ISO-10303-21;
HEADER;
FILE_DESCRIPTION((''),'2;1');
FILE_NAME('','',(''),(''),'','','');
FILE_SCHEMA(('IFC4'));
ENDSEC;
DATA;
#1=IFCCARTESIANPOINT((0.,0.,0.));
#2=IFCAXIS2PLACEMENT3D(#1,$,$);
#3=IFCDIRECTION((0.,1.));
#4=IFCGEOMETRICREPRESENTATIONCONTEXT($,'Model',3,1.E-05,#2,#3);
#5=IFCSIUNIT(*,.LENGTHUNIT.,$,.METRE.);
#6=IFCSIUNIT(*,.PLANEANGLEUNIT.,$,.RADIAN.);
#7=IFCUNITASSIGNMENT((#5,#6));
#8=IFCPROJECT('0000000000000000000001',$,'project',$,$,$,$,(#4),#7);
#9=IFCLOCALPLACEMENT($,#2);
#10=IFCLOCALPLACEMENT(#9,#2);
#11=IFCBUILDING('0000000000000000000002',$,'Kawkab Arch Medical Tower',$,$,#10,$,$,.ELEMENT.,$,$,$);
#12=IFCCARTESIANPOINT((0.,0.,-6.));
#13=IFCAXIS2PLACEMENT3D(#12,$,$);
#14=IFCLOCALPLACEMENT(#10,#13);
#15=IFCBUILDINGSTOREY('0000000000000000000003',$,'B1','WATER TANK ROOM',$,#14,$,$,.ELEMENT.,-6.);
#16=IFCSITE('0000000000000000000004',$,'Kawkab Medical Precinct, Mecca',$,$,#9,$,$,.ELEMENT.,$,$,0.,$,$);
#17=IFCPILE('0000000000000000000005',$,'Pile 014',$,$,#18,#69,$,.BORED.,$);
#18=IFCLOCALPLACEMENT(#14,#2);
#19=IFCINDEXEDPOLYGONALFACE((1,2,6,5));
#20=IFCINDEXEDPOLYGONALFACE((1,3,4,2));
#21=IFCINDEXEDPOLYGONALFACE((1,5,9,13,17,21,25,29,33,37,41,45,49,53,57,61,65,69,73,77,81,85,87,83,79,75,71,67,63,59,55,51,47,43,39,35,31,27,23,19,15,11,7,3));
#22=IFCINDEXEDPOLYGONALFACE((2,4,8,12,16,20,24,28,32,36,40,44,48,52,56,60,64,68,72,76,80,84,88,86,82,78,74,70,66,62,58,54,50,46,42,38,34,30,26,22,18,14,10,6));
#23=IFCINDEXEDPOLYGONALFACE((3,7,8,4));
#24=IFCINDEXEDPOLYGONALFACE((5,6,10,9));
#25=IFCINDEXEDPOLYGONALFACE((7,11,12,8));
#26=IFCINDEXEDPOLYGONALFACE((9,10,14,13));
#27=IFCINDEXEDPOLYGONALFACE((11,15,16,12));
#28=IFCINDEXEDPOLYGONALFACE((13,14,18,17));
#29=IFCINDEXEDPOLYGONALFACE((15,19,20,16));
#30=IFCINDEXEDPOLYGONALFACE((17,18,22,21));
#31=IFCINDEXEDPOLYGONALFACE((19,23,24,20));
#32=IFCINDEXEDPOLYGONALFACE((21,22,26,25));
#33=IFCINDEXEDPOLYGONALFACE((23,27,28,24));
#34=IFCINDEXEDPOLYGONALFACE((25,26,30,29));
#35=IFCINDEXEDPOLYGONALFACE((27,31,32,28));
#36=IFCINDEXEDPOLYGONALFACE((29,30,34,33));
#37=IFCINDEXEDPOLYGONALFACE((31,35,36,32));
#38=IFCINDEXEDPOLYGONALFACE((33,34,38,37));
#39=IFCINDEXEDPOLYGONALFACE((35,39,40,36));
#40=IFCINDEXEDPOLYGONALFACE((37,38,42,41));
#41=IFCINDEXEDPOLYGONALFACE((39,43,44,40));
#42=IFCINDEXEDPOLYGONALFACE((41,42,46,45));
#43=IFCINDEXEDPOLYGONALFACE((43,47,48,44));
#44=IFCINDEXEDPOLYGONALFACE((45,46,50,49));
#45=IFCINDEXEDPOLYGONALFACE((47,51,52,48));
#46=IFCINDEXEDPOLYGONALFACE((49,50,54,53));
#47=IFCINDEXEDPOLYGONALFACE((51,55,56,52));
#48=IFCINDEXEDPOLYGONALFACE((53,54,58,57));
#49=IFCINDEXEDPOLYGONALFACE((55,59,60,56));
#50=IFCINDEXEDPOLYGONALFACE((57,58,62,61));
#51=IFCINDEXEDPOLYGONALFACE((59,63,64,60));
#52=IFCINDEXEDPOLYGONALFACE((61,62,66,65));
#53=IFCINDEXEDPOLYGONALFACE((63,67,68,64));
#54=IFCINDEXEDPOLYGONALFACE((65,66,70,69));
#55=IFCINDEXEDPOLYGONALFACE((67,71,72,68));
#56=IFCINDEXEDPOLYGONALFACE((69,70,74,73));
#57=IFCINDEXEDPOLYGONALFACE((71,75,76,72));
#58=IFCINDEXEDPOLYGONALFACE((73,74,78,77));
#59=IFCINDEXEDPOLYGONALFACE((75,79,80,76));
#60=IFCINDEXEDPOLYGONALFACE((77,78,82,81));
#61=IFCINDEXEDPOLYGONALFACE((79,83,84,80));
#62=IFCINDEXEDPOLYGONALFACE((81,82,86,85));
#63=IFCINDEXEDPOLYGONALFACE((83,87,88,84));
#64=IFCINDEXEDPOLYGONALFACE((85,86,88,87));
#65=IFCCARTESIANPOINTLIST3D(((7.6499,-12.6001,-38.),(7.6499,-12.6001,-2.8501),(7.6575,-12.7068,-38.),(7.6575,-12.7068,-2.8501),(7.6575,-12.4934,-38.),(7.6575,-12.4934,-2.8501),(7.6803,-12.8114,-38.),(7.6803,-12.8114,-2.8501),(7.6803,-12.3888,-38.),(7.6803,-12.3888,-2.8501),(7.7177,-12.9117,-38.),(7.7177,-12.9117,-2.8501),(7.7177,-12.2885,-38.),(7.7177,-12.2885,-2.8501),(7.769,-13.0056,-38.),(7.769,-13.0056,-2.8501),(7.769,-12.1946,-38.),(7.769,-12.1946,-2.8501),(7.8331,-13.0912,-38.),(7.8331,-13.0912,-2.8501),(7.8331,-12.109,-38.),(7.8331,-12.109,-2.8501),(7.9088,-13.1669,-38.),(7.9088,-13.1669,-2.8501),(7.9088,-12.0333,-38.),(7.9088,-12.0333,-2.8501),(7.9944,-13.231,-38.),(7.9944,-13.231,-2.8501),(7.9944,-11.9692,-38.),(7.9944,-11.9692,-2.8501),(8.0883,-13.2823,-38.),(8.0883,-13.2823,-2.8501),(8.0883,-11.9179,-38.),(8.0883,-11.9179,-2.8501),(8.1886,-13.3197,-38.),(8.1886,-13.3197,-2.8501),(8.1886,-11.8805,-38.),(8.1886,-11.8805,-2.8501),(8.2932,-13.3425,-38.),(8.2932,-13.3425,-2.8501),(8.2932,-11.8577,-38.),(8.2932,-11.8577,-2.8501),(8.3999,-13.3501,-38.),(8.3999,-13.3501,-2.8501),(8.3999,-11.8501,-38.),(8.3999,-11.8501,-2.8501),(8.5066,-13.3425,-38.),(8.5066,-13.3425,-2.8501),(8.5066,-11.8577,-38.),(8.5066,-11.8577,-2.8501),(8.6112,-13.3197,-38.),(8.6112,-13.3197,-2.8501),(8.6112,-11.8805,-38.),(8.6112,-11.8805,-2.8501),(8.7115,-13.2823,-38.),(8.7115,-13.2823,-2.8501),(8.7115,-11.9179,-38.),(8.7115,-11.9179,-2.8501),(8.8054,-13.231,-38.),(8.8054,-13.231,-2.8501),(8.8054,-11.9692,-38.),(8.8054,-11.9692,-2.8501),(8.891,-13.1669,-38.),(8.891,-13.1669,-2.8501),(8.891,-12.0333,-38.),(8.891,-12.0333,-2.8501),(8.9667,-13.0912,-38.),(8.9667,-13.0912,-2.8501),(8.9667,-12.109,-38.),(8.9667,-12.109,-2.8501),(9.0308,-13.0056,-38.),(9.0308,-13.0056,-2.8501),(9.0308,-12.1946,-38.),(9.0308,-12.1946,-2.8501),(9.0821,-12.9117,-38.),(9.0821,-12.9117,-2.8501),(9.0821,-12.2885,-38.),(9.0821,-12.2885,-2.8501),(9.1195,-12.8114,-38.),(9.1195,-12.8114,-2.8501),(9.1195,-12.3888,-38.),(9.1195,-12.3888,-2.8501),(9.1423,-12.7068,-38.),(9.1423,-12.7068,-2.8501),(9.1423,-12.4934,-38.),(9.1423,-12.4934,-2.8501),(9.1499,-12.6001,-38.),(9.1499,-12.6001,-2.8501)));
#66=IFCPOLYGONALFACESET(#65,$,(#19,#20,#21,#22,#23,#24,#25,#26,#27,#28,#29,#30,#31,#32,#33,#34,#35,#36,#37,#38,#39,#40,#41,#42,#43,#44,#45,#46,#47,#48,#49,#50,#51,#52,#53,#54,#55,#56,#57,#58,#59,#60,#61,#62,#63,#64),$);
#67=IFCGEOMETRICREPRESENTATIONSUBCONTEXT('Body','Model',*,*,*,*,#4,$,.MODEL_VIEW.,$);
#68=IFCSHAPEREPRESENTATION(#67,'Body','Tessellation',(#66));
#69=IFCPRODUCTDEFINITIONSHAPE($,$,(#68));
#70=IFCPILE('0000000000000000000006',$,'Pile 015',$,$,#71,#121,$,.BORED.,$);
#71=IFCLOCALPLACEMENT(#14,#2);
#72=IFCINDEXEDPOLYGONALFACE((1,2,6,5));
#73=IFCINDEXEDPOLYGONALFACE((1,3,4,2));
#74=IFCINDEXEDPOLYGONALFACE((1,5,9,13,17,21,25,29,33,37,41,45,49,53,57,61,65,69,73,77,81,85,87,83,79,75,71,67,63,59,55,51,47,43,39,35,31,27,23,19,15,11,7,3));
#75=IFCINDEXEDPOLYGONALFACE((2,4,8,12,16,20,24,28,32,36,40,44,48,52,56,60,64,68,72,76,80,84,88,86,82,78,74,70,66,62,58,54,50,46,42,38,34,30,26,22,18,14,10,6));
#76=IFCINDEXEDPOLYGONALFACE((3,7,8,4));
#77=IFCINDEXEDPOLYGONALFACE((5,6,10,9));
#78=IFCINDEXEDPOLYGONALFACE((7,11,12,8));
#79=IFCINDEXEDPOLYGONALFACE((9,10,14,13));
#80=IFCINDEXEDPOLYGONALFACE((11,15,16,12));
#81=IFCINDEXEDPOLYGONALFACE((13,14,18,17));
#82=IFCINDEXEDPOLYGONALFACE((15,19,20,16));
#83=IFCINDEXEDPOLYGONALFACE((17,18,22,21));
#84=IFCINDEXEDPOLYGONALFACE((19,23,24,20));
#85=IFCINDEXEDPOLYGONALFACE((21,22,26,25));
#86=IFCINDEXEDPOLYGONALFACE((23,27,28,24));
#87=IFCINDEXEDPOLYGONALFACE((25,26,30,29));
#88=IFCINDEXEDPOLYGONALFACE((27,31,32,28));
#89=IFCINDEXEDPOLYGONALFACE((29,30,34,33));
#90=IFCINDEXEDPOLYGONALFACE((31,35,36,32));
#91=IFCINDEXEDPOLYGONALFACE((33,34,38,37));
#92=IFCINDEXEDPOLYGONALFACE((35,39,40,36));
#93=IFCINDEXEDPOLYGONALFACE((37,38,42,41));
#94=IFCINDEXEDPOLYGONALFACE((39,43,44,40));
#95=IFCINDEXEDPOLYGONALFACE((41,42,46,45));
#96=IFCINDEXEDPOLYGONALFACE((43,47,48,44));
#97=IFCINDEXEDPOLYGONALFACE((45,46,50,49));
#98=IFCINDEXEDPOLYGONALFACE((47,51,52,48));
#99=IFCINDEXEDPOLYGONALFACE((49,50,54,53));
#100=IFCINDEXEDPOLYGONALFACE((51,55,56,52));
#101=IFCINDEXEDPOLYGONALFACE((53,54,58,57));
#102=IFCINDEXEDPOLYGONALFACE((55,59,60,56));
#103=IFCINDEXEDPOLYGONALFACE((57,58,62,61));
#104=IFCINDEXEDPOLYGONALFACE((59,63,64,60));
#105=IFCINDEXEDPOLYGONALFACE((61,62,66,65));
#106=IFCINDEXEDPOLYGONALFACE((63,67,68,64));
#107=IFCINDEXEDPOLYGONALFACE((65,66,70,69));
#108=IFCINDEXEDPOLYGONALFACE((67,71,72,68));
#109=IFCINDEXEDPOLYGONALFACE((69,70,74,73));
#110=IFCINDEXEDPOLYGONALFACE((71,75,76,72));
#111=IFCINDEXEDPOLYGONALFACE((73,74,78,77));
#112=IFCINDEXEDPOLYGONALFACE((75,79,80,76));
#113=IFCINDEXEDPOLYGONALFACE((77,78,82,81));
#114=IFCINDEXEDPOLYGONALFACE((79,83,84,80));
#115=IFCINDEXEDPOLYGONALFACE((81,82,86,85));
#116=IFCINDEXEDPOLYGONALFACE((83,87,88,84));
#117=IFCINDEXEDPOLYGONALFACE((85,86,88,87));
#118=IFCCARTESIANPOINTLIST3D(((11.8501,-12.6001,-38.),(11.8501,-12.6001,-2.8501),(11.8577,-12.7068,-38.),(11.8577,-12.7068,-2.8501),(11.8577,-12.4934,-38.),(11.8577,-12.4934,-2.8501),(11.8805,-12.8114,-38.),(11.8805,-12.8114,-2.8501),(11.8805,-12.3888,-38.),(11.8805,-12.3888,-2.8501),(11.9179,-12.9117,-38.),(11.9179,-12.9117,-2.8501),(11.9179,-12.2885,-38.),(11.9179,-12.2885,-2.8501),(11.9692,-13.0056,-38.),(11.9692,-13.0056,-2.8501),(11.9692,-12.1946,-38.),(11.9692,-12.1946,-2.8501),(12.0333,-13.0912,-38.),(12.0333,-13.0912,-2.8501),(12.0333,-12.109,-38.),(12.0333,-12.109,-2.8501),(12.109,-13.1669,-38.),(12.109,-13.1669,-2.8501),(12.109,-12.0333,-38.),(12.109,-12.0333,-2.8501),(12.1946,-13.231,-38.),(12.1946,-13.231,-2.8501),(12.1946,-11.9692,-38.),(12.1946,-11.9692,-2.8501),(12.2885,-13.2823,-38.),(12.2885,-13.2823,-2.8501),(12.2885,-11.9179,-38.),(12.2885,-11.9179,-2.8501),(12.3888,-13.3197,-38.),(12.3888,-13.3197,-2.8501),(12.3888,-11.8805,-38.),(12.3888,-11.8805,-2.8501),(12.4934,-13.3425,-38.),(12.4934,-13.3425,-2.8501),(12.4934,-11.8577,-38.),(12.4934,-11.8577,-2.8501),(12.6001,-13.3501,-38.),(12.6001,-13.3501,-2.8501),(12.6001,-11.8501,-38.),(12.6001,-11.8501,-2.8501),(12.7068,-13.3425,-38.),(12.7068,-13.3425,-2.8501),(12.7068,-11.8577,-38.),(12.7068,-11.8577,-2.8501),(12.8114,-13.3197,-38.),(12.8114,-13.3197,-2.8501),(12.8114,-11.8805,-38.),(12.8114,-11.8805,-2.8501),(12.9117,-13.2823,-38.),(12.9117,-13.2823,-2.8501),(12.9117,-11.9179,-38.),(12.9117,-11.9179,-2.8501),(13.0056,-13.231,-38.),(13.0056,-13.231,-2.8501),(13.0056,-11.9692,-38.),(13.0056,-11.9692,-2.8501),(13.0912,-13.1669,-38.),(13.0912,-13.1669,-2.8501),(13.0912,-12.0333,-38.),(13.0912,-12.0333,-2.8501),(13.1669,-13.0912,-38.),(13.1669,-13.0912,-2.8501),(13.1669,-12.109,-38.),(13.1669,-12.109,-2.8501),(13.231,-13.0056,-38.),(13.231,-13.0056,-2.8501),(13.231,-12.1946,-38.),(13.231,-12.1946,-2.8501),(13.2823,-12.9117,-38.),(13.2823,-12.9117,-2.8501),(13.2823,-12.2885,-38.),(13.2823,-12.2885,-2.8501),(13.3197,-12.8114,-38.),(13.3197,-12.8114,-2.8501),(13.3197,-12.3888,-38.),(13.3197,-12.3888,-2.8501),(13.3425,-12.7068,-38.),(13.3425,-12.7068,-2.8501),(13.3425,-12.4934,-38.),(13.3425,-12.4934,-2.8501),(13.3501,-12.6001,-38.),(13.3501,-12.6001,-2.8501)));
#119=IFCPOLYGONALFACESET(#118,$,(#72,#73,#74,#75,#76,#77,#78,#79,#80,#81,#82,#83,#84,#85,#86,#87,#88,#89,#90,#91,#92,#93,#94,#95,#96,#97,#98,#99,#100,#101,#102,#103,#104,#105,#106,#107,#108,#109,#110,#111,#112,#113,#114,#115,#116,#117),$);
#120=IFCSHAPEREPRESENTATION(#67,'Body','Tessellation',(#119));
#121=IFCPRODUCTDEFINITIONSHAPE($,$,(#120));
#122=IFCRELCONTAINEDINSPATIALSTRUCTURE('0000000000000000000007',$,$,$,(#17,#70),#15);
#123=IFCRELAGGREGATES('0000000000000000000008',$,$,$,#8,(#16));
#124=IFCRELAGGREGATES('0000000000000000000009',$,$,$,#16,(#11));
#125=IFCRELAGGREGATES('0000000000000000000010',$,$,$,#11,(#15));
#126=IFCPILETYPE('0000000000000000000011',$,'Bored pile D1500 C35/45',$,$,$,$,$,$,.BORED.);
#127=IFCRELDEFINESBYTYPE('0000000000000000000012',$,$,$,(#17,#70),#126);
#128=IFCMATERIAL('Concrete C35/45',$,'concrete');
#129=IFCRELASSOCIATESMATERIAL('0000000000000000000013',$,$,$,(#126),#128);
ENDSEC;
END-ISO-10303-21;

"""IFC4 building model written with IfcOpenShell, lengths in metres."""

from ifc_helpers import new_model, si_unit, direction, frame, origin, origin_2d, place, context, subcontext, project, spatial, circle, extrude, material, material_profile, profile_set, type_object, element, save


model = new_model("IFC4")

# Units and contexts
model_context = context("Model", 3, precision=1e-05, world=origin(), true_north=direction((0.0, 1.0)))
body_context = subcontext(model_context, "Body", "Model", "MODEL_VIEW")
ifc_project = project(units=[si_unit("LENGTHUNIT", "METRE"), si_unit("PLANEANGLEUNIT", "RADIAN")], contexts=[model_context])

# Site, building, storey
site_placement = place(None, origin())
site = spatial("IfcSite", under=ifc_project, at=site_placement, Name="Kawkab Medical Precinct, Mecca", CompositionType="ELEMENT", RefElevation=0.0)
building_placement = place(site_placement, origin())
building = spatial("IfcBuilding", under=site, at=building_placement, Name="Kawkab Arch Medical Tower", CompositionType="ELEMENT")
storey_placement = place(building_placement, frame((0.0, 0.0, -6.0)))
storey = spatial("IfcBuildingStorey", under=building, at=storey_placement, Name="B1", Description="WATER TANK ROOM", CompositionType="ELEMENT", Elevation=-6.0)

# Piles
ifc_material_1 = material(Name="Concrete C35/45", Category="concrete")
ifc_material_profile_1 = material_profile(ifc_material_1, circle(Radius=0.75, at=origin_2d()), Name="Bored pile D1500")
ifc_profile_set_1 = profile_set([ifc_material_profile_1], Name="Concrete C35/45")
pile_type_1 = type_object("IfcPileType", Name="Bored pile D1500 C35/45", PredefinedType="BORED", material=ifc_profile_set_1)
for number, where, z_axis, x_axis, name in (
    (1, (8.3999, -12.6001, -2.8501), (0.0, 0.0, -1.0), (1.0, 0.0, 0.0), "Pile 014"),
    (2, (12.6001, -12.6001, -2.8501), (0.0, 0.0, -1.0), (1.0, 0.0, 0.0), "Pile 015"),
):
    element("IfcPile", number, at=place(storey_placement, frame(where, z_axis=z_axis, x_axis=x_axis)), inside=storey, type_object=pile_type_1, Name=name, PredefinedType="BORED", context=body_context, shape_type="SweptSolid", body=[
        extrude(circle(Radius=0.75, at=origin_2d()), origin(), (0.0, 0.0, 1.0), 35.1499),
    ])

save(model, "model.ifc")
